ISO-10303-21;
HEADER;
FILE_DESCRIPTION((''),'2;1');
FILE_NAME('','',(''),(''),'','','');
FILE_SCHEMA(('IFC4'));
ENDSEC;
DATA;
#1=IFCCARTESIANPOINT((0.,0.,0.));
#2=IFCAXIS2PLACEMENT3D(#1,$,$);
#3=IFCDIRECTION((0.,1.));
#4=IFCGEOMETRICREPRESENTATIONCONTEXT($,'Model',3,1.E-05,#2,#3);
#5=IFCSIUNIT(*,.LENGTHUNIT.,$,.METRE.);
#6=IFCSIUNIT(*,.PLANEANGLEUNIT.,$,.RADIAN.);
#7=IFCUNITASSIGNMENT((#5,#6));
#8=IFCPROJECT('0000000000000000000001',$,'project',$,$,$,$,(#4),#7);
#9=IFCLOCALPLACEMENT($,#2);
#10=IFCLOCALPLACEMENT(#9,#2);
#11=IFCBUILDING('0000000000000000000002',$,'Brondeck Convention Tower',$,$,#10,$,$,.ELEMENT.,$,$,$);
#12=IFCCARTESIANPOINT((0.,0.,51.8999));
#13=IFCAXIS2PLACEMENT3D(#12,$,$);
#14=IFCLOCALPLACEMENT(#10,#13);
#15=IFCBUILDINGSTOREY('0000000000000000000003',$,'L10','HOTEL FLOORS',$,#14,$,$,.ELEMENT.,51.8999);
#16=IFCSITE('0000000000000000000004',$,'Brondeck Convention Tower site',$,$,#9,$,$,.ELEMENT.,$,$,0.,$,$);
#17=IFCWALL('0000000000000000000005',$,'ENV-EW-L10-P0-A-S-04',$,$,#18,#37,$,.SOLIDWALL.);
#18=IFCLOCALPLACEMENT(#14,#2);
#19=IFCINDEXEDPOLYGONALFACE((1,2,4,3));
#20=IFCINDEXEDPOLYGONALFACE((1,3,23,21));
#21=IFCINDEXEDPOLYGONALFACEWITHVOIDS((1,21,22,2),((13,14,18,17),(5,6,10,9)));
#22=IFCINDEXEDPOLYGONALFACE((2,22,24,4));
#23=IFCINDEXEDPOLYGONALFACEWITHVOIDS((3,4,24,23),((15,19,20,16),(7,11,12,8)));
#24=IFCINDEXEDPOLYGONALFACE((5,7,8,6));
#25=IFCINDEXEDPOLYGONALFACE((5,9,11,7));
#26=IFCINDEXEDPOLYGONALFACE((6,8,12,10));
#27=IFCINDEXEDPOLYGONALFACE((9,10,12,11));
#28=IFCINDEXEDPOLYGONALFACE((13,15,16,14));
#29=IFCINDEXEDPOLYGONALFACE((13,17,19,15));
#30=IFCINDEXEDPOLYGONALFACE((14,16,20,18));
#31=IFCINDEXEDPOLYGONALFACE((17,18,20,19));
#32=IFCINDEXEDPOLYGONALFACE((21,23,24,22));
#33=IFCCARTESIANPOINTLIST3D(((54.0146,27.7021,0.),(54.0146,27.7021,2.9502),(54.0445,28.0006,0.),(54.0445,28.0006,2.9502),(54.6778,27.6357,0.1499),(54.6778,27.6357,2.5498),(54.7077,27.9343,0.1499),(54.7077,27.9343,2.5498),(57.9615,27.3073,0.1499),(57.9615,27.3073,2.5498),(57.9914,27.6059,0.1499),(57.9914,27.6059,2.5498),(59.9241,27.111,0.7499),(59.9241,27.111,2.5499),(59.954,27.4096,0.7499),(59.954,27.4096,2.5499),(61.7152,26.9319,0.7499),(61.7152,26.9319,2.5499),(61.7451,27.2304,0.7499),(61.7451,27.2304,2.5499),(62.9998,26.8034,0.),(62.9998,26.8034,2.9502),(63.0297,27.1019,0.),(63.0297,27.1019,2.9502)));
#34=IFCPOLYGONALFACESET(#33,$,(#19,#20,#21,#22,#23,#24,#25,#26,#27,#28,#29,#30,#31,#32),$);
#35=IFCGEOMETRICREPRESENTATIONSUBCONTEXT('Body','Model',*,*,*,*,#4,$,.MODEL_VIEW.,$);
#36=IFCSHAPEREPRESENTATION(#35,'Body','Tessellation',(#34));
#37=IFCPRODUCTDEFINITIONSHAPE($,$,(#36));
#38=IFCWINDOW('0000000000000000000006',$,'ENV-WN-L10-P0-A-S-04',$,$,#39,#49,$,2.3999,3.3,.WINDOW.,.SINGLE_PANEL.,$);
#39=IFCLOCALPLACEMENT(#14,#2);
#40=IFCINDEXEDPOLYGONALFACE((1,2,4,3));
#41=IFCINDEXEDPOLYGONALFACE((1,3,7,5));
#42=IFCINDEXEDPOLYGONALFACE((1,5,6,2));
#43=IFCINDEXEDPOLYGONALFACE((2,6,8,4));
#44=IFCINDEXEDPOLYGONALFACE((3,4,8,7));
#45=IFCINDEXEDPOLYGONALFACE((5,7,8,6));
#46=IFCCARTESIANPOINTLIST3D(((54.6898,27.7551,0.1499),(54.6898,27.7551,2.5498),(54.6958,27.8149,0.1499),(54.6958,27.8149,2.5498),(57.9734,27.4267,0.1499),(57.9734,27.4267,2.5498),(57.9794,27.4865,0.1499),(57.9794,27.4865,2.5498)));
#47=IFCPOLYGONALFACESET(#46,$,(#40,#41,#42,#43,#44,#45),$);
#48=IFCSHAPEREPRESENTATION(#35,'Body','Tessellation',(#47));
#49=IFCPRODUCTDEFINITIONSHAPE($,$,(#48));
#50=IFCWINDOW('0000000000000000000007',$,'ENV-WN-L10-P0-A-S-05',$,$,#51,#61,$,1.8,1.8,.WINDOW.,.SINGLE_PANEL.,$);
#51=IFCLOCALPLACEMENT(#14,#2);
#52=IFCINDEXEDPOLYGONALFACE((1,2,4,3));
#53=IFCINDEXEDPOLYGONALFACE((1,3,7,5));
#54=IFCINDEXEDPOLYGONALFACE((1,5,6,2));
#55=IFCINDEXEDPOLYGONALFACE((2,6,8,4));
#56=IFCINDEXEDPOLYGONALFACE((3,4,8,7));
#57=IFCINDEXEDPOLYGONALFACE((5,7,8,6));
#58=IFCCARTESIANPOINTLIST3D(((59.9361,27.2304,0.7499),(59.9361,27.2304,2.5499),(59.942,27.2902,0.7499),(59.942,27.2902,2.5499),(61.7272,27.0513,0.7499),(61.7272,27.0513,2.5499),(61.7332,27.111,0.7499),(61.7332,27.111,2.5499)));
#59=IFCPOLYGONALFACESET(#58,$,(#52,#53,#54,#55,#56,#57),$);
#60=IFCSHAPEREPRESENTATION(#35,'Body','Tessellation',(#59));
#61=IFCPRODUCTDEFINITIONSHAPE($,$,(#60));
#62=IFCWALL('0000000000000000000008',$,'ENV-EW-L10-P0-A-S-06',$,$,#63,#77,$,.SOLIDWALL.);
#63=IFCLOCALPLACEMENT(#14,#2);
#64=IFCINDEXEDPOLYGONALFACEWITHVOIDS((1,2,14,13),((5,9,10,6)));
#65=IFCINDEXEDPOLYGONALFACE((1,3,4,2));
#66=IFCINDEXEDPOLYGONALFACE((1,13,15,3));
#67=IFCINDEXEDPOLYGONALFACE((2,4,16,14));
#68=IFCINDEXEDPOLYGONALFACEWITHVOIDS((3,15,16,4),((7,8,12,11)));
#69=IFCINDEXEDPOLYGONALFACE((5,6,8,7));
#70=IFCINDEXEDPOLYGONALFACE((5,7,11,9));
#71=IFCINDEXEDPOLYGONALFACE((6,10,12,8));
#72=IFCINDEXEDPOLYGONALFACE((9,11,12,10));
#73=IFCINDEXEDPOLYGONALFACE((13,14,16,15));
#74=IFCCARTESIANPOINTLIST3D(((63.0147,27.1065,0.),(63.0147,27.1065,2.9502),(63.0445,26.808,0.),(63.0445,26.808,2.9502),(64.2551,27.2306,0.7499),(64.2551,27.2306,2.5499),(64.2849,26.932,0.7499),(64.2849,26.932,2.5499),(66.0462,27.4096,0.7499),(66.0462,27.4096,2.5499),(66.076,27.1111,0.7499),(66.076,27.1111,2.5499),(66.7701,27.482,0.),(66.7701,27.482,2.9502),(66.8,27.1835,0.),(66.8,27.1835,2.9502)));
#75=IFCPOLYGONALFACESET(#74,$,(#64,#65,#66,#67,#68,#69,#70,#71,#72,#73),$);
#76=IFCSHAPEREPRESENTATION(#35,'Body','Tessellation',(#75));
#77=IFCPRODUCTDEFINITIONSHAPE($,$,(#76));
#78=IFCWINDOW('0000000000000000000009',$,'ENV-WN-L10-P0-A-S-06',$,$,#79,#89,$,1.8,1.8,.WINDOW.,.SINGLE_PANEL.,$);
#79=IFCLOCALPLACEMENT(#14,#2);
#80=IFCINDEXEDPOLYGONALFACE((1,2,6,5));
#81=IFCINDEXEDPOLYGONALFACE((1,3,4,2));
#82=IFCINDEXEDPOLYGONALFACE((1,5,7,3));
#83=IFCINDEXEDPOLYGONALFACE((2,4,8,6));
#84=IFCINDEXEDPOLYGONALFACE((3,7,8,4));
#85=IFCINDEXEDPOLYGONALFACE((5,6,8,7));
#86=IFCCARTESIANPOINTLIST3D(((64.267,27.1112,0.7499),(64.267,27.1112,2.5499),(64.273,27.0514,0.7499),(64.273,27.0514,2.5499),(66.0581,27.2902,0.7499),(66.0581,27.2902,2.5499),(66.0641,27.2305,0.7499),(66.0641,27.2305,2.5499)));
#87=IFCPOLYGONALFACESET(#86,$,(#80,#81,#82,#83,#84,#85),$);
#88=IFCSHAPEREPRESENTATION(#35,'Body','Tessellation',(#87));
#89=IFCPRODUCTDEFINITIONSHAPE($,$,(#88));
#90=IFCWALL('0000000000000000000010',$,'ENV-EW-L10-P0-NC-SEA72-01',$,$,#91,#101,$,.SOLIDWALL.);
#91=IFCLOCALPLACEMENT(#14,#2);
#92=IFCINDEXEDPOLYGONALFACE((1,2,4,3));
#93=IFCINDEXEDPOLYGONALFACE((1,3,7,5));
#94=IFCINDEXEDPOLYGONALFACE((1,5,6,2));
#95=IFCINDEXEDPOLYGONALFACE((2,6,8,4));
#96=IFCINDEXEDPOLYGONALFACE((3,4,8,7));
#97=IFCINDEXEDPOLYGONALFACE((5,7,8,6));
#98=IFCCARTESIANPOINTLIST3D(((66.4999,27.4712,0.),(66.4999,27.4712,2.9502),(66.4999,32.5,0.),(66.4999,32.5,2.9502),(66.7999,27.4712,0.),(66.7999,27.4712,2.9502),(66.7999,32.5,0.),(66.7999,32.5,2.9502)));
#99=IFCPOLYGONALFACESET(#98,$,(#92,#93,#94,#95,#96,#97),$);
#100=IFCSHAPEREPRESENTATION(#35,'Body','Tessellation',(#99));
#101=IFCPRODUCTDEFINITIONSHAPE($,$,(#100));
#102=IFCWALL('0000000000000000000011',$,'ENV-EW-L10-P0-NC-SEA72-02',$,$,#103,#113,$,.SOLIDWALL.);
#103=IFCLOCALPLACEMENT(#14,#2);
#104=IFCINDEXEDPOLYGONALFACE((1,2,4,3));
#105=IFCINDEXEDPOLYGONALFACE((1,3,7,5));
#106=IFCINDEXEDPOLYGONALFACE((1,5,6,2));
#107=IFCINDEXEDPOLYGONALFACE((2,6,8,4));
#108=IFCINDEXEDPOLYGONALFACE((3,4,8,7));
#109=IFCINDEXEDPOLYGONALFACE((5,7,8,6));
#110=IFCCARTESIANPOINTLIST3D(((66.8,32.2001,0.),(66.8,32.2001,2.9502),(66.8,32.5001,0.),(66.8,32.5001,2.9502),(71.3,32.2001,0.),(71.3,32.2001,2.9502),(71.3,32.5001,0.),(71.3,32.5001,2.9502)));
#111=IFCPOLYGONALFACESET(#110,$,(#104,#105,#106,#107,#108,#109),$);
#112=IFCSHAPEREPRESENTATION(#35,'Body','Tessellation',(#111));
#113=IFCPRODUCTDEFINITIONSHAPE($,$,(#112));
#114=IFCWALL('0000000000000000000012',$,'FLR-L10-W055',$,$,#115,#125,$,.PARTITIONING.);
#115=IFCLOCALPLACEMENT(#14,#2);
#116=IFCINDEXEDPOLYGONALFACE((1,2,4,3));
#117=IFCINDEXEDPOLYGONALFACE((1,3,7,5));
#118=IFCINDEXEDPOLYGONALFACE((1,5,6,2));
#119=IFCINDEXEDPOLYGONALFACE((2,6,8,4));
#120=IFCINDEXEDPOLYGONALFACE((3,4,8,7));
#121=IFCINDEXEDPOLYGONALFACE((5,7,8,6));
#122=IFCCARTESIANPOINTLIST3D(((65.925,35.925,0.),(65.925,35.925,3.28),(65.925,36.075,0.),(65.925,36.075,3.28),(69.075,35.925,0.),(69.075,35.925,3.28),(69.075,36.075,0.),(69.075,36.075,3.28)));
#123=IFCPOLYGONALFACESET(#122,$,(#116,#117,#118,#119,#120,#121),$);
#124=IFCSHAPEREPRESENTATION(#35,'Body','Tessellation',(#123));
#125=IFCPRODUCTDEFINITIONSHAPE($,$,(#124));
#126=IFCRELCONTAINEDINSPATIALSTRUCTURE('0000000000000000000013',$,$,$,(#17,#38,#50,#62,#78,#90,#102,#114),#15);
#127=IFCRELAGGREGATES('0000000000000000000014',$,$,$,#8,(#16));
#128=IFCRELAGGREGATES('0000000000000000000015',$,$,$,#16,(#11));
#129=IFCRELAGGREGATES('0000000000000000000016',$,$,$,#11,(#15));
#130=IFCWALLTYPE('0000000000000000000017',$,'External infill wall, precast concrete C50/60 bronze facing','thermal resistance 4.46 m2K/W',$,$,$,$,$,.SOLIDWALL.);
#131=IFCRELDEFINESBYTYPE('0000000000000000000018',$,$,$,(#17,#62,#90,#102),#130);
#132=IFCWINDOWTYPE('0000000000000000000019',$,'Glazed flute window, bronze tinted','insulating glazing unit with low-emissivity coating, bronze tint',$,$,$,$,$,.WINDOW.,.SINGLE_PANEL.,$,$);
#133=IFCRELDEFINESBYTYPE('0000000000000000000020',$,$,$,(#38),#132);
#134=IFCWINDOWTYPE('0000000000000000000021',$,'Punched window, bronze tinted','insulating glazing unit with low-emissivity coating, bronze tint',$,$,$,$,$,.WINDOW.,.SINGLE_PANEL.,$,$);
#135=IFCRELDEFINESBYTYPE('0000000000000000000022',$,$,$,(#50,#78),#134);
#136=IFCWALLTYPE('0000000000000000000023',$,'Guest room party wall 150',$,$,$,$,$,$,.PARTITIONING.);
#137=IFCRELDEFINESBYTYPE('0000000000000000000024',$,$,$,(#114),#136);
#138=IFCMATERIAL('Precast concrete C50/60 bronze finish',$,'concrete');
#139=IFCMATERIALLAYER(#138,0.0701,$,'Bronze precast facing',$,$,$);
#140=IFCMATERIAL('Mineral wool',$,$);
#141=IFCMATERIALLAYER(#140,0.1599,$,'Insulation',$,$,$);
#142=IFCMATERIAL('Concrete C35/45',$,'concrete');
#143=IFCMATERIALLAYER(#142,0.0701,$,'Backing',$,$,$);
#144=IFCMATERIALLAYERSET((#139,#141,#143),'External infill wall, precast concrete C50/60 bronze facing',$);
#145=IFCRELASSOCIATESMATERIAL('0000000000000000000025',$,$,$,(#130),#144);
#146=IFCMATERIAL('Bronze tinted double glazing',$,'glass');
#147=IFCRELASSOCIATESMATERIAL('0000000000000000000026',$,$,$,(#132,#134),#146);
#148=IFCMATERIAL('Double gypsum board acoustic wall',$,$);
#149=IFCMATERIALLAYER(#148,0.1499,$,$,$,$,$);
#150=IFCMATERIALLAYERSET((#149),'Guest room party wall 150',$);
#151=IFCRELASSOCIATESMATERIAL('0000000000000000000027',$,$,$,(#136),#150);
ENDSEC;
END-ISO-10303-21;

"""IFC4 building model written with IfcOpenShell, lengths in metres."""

from ifc_helpers import new_model, si_unit, direction, frame, frame_2d, origin, place, context, subcontext, project, spatial, rectangle, extrude, material, layer, layer_set, type_object, element, fill, save


model = new_model("IFC4")

# Units and contexts
model_context = context("Model", 3, precision=1e-05, world=origin(), true_north=direction((0.0, 1.0)))
body_context = subcontext(model_context, "Body", "Model", "MODEL_VIEW")
ifc_project = project(units=[si_unit("LENGTHUNIT", "METRE"), si_unit("PLANEANGLEUNIT", "RADIAN")], contexts=[model_context])

# Site, building, storey
site_placement = place(None, origin())
site = spatial("IfcSite", under=ifc_project, at=site_placement, Name="Brondeck Convention Tower site", CompositionType="ELEMENT", RefElevation=0.0)
building_placement = place(site_placement, origin())
building = spatial("IfcBuilding", under=site, at=building_placement, Name="Brondeck Convention Tower", CompositionType="ELEMENT")
storey_placement = place(building_placement, frame((0.0, 0.0, 51.8999)))
storey = spatial("IfcBuildingStorey", under=building, at=storey_placement, Name="L10", Description="HOTEL FLOORS", CompositionType="ELEMENT", Elevation=51.8999)

# Wall, openings, windows
ifc_material_1 = material(Name="Precast concrete C50/60 bronze finish", Category="concrete")
ifc_layer_1 = layer(ifc_material_1, 0.0701, Name="Bronze precast facing")
ifc_material_2 = material(Name="Mineral wool")
ifc_layer_2 = layer(ifc_material_2, 0.1599, Name="Insulation")
ifc_material_3 = material(Name="Concrete C35/45", Category="concrete")
ifc_layer_3 = layer(ifc_material_3, 0.0701, Name="Backing")
ifc_layer_set_1 = layer_set([ifc_layer_1, ifc_layer_2, ifc_layer_3], Name="External infill wall, precast concrete C50/60 bronze facing")
wall_type_1 = type_object("IfcWallType", Name="External infill wall, precast concrete C50/60 bronze facing", Description="thermal resistance 4.46 m2K/W", PredefinedType="SOLIDWALL", material=ifc_layer_set_1)
wall_1_placement = place(storey_placement, frame((63.0149, 26.9526, 0.0), z_axis=(0.0, 0.0, 1.0), x_axis=(-0.995035, 0.099522, 0.0)))
wall_1 = element("IfcWall", 1, at=wall_1_placement, inside=storey, type_object=wall_type_1, Name="ENV-EW-L10-P0-A-S-04", PredefinedType="SOLIDWALL", context=body_context, shape_type="SweptSolid", body=[
    extrude(rectangle(XDim=9.03, YDim=0.3, at=frame_2d((4.5151, 0.0))), origin(), (0.0, 0.0, 1.0), 2.9502),
])
opening_1_placement = place(wall_1_placement, frame((1.2913, 0.0, 0.75)))
opening_1 = element("IfcOpeningElement", 2, at=opening_1_placement, cuts=wall_1, PredefinedType="OPENING", context=body_context, shape_type="SweptSolid", body=[
    extrude(rectangle(XDim=1.8, YDim=1.8, at=frame_2d((0.8999, 0.8999))), frame((0.0, 0.1599, 0.0), z_axis=(0.0, -1.0, 0.0), x_axis=(1.0, 0.0, 0.0)), (0.0, 0.0, 1.0), 0.3201),
])
opening_2_placement = place(wall_1_placement, frame((5.0637, 0.0, 0.1499)))
opening_2 = element("IfcOpeningElement", 3, at=opening_2_placement, cuts=wall_1, PredefinedType="OPENING", context=body_context, shape_type="SweptSolid", body=[
    extrude(rectangle(XDim=3.3, YDim=2.3999, at=frame_2d((1.6499, 1.2))), frame((0.0, 0.1599, 0.0), z_axis=(0.0, -1.0, 0.0), x_axis=(1.0, 0.0, 0.0)), (0.0, 0.0, 1.0), 0.3201),
])
ifc_material_4 = material(Name="Bronze tinted double glazing", Category="glass")
window_type_1 = type_object("IfcWindowType", Name="Glazed flute window, bronze tinted", Description="insulating glazing unit with low-emissivity coating, bronze tint", PartitioningType="SINGLE_PANEL", PredefinedType="WINDOW", material=ifc_material_4)
window_1_placement = place(opening_2_placement, origin())
window_1 = element("IfcWindow", 4, at=window_1_placement, inside=storey, type_object=window_type_1, Name="ENV-WN-L10-P0-A-S-04", OverallHeight=2.3999, OverallWidth=3.3, PartitioningType="SINGLE_PANEL", PredefinedType="WINDOW", context=body_context, shape_type="SweptSolid", body=[
    extrude(rectangle(XDim=3.3, YDim=2.3999, at=frame_2d((1.6499, 1.2))), frame((0.0, 0.03, 0.0), z_axis=(0.0, -1.0, 0.0), x_axis=(1.0, 0.0, 0.0)), (0.0, 0.0, 1.0), 0.0601),
])
fill(opening_2, window_1)
window_type_2 = type_object("IfcWindowType", Name="Punched window, bronze tinted", Description="insulating glazing unit with low-emissivity coating, bronze tint", PartitioningType="SINGLE_PANEL", PredefinedType="WINDOW", material=ifc_material_4)
window_2_placement = place(opening_1_placement, origin())
window_2 = element("IfcWindow", 5, at=window_2_placement, inside=storey, type_object=window_type_2, Name="ENV-WN-L10-P0-A-S-05", OverallHeight=1.8, OverallWidth=1.8, PartitioningType="SINGLE_PANEL", PredefinedType="WINDOW", context=body_context, shape_type="SweptSolid", body=[
    extrude(rectangle(XDim=1.8, YDim=1.8, at=frame_2d((0.8999, 0.8999))), frame((0.0, 0.03, 0.0), z_axis=(0.0, -1.0, 0.0), x_axis=(1.0, 0.0, 0.0)), (0.0, 0.0, 1.0), 0.0601),
])
fill(opening_1, window_2)

# Wall, opening, window
wall_2_placement = place(storey_placement, frame((66.7852, 27.3328, 0.0), z_axis=(0.0, 0.0, 1.0), x_axis=(-0.995038, -0.099491, 0.0)))
wall_2 = element("IfcWall", 6, at=wall_2_placement, inside=storey, type_object=wall_type_1, Name="ENV-EW-L10-P0-A-S-06", PredefinedType="SOLIDWALL", context=body_context, shape_type="SweptSolid", body=[
    extrude(rectangle(XDim=3.7742, YDim=0.3, at=frame_2d((1.8872, 0.0))), origin(), (0.0, 0.0, 1.0), 2.9502),
])
opening_3_placement = place(wall_2_placement, frame((0.7278, 0.0, 0.75)))
opening_3 = element("IfcOpeningElement", 7, at=opening_3_placement, cuts=wall_2, PredefinedType="OPENING", context=body_context, shape_type="SweptSolid", body=[
    extrude(rectangle(XDim=1.8, YDim=1.8, at=frame_2d((0.8999, 0.8999))), frame((0.0, 0.1599, 0.0), z_axis=(0.0, -1.0, 0.0), x_axis=(1.0, 0.0, 0.0)), (0.0, 0.0, 1.0), 0.3201),
])
window_3_placement = place(opening_3_placement, origin())
window_3 = element("IfcWindow", 8, at=window_3_placement, inside=storey, type_object=window_type_2, Name="ENV-WN-L10-P0-A-S-06", OverallHeight=1.8, OverallWidth=1.8, PartitioningType="SINGLE_PANEL", PredefinedType="WINDOW", context=body_context, shape_type="SweptSolid", body=[
    extrude(rectangle(XDim=1.8, YDim=1.8, at=frame_2d((0.8999, 0.8999))), frame((0.0, 0.03, 0.0), z_axis=(0.0, -1.0, 0.0), x_axis=(1.0, 0.0, 0.0)), (0.0, 0.0, 1.0), 0.0601),
])
fill(opening_3, window_3)

# Walls
wall_3_placement = place(storey_placement, frame((66.6499, 32.5, 0.0), z_axis=(0.0, 0.0, 1.0), x_axis=(0.0, -1.0, 0.0)))
element("IfcWall", 9, at=wall_3_placement, inside=storey, type_object=wall_type_1, Name="ENV-EW-L10-P0-NC-SEA72-01", PredefinedType="SOLIDWALL", context=body_context, shape_type="SweptSolid", body=[
    extrude(rectangle(XDim=5.0288, YDim=0.3, at=frame_2d((2.5144, 0.0))), origin(), (0.0, 0.0, 1.0), 2.9502),
])
wall_4_placement = place(storey_placement, frame((71.3, 32.3501, 0.0), z_axis=(0.0, 0.0, 1.0), x_axis=(-1.0, 0.0, 0.0)))
element("IfcWall", 10, at=wall_4_placement, inside=storey, type_object=wall_type_1, Name="ENV-EW-L10-P0-NC-SEA72-02", PredefinedType="SOLIDWALL", context=body_context, shape_type="SweptSolid", body=[
    extrude(rectangle(XDim=4.5, YDim=0.3, at=frame_2d((2.25, 0.0))), origin(), (0.0, 0.0, 1.0), 2.9502),
])
ifc_material_5 = material(Name="Double gypsum board acoustic wall")
ifc_layer_4 = layer(ifc_material_5, 0.1499)
ifc_layer_set_2 = layer_set([ifc_layer_4], Name="Guest room party wall 150")
wall_type_2 = type_object("IfcWallType", Name="Guest room party wall 150", PredefinedType="PARTITIONING", material=ifc_layer_set_2)
wall_5_placement = place(storey_placement, frame((65.925, 36.0, 0.0), z_axis=(0.0, 0.0, 1.0), x_axis=(1.0, 0.0, 0.0)))
element("IfcWall", 11, at=wall_5_placement, inside=storey, type_object=wall_type_2, Name="FLR-L10-W055", PredefinedType="PARTITIONING", context=body_context, shape_type="SweptSolid", body=[
    extrude(rectangle(XDim=3.1499, YDim=0.1499, at=frame_2d((1.575, 0.0))), origin(), (0.0, 0.0, 1.0), 3.28),
])

save(model, "model.ifc")
